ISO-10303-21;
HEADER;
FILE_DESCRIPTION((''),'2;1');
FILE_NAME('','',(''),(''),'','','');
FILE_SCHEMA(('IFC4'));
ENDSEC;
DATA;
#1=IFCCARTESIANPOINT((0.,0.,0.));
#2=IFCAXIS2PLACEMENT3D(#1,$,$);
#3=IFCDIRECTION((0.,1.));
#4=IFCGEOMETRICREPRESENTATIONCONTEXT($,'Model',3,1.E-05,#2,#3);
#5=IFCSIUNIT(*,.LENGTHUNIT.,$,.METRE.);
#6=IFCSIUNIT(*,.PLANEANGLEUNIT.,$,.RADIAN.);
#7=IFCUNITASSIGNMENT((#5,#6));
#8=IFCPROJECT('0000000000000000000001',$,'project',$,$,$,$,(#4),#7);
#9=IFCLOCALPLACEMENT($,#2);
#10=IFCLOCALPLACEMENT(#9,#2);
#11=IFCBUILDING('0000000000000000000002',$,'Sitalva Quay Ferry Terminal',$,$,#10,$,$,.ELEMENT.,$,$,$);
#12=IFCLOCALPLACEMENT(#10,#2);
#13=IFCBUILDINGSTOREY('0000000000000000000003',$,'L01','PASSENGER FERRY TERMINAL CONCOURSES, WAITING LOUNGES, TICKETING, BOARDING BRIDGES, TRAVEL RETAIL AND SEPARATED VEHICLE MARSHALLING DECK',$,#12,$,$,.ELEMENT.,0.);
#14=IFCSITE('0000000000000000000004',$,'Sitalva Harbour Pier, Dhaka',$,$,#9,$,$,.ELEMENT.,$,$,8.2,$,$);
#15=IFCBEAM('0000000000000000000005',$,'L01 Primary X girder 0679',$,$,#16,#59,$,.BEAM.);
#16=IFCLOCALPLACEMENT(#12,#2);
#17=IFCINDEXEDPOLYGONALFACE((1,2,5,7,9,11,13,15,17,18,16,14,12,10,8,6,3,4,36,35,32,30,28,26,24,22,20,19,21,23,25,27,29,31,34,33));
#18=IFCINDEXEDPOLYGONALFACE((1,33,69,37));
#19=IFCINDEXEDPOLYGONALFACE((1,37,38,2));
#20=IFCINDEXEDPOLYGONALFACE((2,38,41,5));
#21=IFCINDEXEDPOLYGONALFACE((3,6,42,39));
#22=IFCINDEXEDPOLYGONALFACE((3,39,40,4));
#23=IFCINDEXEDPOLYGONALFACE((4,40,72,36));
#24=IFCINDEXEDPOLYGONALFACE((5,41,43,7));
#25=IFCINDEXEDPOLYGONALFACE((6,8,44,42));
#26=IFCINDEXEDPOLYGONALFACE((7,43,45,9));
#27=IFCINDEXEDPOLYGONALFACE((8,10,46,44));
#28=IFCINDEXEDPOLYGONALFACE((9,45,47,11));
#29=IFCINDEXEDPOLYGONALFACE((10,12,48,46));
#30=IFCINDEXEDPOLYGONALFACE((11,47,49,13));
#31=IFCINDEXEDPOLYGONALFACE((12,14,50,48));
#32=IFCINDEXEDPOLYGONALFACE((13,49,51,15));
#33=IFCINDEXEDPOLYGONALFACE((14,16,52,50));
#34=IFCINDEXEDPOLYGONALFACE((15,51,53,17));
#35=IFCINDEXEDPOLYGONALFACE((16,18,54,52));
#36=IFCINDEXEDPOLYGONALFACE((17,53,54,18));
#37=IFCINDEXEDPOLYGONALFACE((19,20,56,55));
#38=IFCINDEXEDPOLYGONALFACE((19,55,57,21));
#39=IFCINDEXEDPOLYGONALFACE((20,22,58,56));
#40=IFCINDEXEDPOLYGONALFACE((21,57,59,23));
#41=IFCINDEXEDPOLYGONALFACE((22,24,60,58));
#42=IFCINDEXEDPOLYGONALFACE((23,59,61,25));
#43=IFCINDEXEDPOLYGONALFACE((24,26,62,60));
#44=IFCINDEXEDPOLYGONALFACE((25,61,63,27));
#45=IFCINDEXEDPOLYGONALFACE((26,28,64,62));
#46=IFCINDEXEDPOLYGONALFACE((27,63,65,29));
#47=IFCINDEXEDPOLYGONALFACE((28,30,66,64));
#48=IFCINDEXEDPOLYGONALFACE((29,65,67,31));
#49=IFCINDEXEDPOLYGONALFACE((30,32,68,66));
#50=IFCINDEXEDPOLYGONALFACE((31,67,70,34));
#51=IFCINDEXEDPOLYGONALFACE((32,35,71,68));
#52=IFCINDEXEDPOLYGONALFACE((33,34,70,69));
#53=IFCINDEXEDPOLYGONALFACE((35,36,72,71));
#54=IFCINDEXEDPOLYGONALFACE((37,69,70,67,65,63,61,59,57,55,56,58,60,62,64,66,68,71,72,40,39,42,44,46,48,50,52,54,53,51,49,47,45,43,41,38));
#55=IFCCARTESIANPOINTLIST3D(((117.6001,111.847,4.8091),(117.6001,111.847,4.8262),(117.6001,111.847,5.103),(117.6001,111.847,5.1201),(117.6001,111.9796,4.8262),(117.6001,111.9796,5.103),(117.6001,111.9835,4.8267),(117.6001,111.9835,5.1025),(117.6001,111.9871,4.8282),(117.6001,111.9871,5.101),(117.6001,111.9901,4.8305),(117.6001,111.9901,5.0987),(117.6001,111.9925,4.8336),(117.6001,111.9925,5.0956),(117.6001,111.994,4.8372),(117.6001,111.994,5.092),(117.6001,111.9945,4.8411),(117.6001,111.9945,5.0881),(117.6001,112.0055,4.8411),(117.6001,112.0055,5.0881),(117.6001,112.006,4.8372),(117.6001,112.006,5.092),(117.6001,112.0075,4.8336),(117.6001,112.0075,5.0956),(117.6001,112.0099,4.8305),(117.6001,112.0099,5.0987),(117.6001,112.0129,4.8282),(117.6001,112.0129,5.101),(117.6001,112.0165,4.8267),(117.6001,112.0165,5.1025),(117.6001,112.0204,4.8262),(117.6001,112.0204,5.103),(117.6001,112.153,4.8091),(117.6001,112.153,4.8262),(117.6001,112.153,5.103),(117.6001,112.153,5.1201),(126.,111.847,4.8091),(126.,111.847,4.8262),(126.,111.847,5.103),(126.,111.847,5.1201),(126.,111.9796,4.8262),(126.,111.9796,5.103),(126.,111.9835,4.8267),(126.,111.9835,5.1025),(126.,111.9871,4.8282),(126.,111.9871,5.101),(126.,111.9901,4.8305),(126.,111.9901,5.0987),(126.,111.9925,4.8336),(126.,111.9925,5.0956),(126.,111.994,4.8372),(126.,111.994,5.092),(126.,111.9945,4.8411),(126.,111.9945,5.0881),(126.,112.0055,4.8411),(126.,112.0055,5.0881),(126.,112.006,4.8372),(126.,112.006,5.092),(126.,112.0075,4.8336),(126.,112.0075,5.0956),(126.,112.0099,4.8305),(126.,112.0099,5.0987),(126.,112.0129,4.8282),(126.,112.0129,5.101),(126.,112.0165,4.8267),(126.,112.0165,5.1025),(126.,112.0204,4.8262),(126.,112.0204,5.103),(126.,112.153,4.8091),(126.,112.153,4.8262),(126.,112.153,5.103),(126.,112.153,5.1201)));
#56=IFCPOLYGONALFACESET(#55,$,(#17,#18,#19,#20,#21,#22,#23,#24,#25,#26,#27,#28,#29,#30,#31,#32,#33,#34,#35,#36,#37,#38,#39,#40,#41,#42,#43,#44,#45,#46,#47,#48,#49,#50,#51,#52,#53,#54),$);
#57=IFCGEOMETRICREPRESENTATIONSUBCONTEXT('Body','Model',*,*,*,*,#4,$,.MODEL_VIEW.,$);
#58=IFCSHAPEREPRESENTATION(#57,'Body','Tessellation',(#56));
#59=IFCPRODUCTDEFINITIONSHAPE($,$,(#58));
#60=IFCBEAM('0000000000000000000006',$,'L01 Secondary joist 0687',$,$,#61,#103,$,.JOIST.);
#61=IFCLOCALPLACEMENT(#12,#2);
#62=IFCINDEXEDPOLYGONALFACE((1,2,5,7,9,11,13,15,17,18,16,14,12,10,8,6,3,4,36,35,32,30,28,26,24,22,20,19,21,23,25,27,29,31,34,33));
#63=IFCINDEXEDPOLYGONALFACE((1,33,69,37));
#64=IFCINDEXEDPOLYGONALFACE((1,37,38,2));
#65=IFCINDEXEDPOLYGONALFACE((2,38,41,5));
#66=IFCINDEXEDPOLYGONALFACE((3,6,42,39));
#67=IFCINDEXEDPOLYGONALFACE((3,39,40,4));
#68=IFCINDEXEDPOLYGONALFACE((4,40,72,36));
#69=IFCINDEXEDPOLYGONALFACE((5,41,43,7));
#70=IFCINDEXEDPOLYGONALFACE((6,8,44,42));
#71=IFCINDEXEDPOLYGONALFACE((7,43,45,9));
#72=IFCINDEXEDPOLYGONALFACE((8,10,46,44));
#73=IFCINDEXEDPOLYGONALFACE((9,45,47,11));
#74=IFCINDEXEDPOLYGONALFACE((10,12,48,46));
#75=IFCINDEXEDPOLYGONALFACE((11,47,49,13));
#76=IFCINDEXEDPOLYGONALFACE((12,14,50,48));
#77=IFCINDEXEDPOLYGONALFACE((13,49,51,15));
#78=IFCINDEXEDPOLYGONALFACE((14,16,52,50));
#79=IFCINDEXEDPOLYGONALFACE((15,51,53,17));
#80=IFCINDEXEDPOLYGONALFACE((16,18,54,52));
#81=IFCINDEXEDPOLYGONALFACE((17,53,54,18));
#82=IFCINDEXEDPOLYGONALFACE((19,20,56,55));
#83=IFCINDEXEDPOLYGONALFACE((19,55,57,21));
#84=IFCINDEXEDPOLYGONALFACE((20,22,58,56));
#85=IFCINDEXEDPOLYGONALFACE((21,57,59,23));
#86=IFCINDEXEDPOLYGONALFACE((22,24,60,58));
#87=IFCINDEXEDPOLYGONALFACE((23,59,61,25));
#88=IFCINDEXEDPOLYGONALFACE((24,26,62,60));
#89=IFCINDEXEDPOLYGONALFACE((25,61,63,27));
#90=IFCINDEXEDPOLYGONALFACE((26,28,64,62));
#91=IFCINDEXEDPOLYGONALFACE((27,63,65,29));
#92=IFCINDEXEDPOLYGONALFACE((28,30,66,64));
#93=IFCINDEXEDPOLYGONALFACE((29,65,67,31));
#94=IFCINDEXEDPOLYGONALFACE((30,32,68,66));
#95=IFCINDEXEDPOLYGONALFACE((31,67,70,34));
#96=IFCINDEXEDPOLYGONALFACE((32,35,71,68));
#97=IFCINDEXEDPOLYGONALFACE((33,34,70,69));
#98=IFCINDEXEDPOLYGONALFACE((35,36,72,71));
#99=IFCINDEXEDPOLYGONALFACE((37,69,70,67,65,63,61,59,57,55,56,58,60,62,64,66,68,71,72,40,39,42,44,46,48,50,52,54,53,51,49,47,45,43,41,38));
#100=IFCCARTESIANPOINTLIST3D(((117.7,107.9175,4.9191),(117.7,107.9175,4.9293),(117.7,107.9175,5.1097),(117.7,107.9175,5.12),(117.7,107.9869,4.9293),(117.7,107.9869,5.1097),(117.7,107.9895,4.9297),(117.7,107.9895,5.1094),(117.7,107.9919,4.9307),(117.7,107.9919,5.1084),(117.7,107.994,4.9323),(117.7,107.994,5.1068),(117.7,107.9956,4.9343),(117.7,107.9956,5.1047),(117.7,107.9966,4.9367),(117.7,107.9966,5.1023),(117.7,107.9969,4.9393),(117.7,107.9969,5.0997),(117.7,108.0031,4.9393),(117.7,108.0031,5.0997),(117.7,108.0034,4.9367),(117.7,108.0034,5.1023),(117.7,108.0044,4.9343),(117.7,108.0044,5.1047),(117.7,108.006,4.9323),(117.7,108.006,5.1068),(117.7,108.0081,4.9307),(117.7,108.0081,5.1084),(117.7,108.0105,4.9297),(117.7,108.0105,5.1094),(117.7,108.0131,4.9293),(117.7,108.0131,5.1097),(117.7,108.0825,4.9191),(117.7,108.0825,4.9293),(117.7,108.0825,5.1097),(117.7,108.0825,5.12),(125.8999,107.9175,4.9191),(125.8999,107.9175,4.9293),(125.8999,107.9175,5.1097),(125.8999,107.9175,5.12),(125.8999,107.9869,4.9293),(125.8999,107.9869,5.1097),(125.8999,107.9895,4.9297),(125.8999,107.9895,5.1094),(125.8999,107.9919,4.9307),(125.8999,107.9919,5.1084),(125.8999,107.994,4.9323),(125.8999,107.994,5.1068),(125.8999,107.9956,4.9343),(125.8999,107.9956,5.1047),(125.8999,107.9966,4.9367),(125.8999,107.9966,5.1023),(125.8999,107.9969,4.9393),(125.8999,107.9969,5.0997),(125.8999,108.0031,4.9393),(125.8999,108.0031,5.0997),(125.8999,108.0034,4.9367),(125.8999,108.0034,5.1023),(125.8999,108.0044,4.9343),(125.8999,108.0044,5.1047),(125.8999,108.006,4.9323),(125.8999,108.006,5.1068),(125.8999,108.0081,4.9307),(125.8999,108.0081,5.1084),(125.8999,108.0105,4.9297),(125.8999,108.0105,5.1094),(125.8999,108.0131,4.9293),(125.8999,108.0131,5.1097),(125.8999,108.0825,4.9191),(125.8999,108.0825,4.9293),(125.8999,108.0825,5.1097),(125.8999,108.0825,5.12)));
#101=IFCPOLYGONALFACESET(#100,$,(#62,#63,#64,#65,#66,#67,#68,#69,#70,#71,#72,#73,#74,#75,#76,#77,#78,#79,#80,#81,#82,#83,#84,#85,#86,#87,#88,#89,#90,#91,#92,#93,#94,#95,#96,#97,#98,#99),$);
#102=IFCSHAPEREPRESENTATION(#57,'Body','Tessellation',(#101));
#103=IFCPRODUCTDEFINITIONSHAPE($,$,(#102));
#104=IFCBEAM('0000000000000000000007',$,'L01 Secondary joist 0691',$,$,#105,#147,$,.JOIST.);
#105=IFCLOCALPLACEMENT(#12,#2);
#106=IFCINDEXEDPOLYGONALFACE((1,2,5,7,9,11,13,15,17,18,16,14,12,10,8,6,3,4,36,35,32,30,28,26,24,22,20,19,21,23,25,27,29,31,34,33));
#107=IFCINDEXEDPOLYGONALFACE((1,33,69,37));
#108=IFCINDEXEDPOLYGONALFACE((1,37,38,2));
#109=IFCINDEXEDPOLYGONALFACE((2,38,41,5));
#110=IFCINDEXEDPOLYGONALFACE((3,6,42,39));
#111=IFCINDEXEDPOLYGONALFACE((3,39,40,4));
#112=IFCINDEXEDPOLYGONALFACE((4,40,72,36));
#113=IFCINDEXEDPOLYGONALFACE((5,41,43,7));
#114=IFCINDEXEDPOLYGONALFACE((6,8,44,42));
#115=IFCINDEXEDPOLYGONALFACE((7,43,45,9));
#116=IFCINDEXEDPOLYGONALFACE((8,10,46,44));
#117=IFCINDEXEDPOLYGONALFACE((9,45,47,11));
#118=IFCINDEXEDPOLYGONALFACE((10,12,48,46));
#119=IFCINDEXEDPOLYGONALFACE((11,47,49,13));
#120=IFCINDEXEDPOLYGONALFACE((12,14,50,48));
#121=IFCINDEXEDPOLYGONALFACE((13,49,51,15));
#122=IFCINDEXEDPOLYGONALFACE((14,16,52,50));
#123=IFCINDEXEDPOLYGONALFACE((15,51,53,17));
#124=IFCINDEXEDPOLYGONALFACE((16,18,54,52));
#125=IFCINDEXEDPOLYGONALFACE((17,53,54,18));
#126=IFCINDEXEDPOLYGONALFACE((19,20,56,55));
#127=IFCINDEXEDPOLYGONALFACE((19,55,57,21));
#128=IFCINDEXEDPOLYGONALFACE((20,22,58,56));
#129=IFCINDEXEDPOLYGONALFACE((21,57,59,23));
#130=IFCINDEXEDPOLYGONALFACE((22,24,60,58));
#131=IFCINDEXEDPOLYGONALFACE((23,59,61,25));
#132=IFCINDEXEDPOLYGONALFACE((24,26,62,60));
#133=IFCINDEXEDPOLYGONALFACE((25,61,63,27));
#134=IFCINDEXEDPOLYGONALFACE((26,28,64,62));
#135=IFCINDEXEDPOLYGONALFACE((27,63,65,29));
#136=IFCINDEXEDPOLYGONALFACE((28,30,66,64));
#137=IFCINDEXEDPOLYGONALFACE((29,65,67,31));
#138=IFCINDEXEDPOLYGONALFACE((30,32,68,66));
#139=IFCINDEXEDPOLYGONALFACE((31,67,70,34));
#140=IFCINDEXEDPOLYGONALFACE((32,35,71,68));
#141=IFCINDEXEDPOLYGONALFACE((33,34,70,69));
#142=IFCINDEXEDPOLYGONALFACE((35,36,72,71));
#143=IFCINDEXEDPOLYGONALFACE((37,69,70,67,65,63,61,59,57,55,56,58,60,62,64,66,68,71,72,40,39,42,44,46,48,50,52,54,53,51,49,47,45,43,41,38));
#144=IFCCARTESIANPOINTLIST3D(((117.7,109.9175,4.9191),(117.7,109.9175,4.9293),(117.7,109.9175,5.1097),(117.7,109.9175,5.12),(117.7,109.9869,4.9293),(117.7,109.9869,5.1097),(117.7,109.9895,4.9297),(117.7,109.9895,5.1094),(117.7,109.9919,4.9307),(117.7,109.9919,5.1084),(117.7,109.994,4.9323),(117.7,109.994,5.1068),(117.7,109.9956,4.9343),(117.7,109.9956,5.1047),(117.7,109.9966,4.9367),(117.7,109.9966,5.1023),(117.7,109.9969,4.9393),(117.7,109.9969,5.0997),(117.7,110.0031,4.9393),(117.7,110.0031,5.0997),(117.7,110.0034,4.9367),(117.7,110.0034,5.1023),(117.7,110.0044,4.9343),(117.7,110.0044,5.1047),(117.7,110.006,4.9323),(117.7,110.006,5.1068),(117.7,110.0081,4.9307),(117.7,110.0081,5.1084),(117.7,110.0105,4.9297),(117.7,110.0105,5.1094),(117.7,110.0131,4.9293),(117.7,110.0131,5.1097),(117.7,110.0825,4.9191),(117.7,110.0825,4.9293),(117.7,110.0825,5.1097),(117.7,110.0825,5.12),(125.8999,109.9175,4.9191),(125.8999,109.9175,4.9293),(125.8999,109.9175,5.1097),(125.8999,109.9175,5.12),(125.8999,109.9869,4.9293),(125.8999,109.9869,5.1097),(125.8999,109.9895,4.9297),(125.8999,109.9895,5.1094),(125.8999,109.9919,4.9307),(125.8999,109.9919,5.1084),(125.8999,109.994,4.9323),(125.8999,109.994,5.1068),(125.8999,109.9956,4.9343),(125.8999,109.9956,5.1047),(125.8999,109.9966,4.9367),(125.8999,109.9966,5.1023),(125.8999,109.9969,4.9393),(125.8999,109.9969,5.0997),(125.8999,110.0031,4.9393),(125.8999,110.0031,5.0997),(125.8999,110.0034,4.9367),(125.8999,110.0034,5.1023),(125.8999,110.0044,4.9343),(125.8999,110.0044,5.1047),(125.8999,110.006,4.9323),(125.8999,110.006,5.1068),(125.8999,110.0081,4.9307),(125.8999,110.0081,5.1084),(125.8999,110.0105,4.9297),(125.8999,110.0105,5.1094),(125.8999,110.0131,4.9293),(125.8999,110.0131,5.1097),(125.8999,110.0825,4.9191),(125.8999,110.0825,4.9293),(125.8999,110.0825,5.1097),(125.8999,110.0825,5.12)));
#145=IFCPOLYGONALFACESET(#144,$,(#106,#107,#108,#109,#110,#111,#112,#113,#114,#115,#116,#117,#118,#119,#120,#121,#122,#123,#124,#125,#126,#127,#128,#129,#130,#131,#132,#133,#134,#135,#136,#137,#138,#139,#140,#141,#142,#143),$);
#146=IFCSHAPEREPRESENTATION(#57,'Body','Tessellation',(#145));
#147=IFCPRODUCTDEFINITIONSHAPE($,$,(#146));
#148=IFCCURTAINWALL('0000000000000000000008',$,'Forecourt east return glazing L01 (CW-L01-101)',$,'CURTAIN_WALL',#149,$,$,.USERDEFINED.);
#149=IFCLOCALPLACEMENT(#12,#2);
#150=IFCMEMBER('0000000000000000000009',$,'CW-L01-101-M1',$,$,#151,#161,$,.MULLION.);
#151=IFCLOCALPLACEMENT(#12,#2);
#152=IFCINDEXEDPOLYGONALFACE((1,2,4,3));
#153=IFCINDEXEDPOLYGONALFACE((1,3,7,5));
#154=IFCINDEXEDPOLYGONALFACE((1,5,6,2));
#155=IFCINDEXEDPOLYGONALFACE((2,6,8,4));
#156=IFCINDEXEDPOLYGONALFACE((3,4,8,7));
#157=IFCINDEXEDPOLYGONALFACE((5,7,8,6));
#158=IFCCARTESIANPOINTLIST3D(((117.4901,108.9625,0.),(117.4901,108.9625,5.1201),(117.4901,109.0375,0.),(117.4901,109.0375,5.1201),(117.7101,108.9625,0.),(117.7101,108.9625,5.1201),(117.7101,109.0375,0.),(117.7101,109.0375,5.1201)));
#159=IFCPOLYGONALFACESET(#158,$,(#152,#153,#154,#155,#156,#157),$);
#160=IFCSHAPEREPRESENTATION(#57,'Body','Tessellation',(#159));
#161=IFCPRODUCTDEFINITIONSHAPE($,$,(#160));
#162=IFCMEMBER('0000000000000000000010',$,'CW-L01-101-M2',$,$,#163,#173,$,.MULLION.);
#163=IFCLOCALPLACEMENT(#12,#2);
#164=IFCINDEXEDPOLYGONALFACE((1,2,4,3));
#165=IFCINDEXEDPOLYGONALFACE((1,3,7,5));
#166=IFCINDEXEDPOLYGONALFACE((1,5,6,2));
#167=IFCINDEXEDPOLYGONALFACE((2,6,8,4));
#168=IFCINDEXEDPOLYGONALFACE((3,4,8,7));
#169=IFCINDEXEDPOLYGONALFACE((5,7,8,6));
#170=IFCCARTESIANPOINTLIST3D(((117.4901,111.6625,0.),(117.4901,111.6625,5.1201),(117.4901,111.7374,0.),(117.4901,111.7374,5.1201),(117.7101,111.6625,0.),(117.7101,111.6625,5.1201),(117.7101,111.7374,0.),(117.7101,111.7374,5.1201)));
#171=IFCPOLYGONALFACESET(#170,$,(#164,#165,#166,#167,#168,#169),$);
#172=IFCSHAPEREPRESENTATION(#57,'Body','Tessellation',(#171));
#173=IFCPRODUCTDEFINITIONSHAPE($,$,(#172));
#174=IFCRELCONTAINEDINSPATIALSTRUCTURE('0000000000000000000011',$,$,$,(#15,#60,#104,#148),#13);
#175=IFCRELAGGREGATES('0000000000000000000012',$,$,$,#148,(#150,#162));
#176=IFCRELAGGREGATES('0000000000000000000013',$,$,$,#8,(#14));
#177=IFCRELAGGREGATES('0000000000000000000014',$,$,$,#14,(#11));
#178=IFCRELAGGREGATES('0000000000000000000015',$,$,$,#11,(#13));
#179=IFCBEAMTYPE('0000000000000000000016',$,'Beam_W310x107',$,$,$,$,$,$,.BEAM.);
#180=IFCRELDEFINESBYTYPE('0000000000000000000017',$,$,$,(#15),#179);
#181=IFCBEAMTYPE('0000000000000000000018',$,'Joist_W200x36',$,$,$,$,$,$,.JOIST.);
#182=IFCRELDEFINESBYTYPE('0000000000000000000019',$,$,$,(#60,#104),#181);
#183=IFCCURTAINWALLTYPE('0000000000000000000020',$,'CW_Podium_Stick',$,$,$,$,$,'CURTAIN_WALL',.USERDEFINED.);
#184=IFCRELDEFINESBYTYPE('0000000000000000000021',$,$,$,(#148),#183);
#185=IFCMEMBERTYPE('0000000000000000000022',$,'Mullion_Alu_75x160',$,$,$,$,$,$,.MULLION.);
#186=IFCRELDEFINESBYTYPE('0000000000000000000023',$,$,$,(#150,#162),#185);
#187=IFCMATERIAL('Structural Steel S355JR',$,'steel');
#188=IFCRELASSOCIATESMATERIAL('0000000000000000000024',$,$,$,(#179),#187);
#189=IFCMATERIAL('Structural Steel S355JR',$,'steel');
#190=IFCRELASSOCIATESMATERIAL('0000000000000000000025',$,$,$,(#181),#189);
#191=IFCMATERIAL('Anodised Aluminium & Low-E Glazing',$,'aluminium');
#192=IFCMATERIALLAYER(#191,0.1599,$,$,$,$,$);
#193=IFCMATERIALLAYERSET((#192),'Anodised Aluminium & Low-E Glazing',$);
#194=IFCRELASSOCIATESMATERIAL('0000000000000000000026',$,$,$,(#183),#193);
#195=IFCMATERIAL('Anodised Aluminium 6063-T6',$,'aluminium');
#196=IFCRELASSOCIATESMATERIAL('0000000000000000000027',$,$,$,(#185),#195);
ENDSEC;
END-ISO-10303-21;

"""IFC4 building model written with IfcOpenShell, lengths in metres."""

from ifc_helpers import new_model, si_unit, direction, frame, origin, origin_2d, place, context, subcontext, project, spatial, rectangle, i_section, extrude, material, layer, layer_set, material_profile, profile_set, type_object, element, aggregate, save


model = new_model("IFC4")

# Units and contexts
model_context = context("Model", 3, precision=1e-05, world=origin(), true_north=direction((0.0, 1.0)))
body_context = subcontext(model_context, "Body", "Model", "MODEL_VIEW")
ifc_project = project(units=[si_unit("LENGTHUNIT", "METRE"), si_unit("PLANEANGLEUNIT", "RADIAN")], contexts=[model_context])

# Site, building, storey
site_placement = place(None, origin())
site = spatial("IfcSite", under=ifc_project, at=site_placement, Name="Sitalva Harbour Pier, Dhaka", CompositionType="ELEMENT", RefElevation=8.2)
building_placement = place(site_placement, origin())
building = spatial("IfcBuilding", under=site, at=building_placement, Name="Sitalva Quay Ferry Terminal", CompositionType="ELEMENT")
storey_placement = place(building_placement, origin())
storey = spatial("IfcBuildingStorey", under=building, at=storey_placement, Name="L01", Description="PASSENGER FERRY TERMINAL CONCOURSES, WAITING LOUNGES, TICKETING, BOARDING BRIDGES, TRAVEL RETAIL AND SEPARATED VEHICLE MARSHALLING DECK", CompositionType="ELEMENT", Elevation=0.0)

# Beams
ifc_material_1 = material(Name="Structural Steel S355JR", Category="steel")
ifc_material_profile_1 = material_profile(ifc_material_1, i_section(OverallWidth=0.3059, OverallDepth=0.311, WebThickness=0.011, FlangeThickness=0.0171, FilletRadius=0.0149, at=origin_2d()), Name="W310x107")
ifc_profile_set_1 = profile_set([ifc_material_profile_1], Name="Structural Steel S355JR")
beam_type_1 = type_object("IfcBeamType", Name="Beam_W310x107", PredefinedType="BEAM", material=ifc_profile_set_1)
beam_placement = place(storey_placement, frame((117.6001, 112.0, 4.9646), z_axis=(1.0, 0.0, 0.0), x_axis=(0.0, 1.0, 0.0)))
element("IfcBeam", 1, at=beam_placement, inside=storey, type_object=beam_type_1, Name="L01 Primary X girder 0679", PredefinedType="BEAM", context=body_context, shape_type="SweptSolid", body=[
    extrude(i_section(OverallWidth=0.3059, OverallDepth=0.311, WebThickness=0.011, FlangeThickness=0.0171, FilletRadius=0.0149, at=origin_2d()), origin(), (0.0, 0.0, 1.0), 8.3999),
])
ifc_material_2 = material(Name="Structural Steel S355JR", Category="steel")
ifc_material_profile_2 = material_profile(ifc_material_2, i_section(OverallWidth=0.165, OverallDepth=0.2009, WebThickness=0.0061, FlangeThickness=0.0103, FilletRadius=0.01, at=origin_2d()), Name="W200x36")
ifc_profile_set_2 = profile_set([ifc_material_profile_2], Name="Structural Steel S355JR")
beam_type_2 = type_object("IfcBeamType", Name="Joist_W200x36", PredefinedType="JOIST", material=ifc_profile_set_2)
for number, where, z_axis, x_axis, name in (
    (2, (117.7, 108.0, 5.0195), (1.0, 0.0, 0.0), (0.0, 1.0, 0.0), "L01 Secondary joist 0687"),
    (3, (117.7, 110.0, 5.0195), (1.0, 0.0, 0.0), (0.0, 1.0, 0.0), "L01 Secondary joist 0691"),
):
    element("IfcBeam", number, at=place(storey_placement, frame(where, z_axis=z_axis, x_axis=x_axis)), inside=storey, type_object=beam_type_2, Name=name, PredefinedType="JOIST", context=body_context, shape_type="SweptSolid", body=[
        extrude(i_section(OverallWidth=0.165, OverallDepth=0.2009, WebThickness=0.0061, FlangeThickness=0.0103, FilletRadius=0.01, at=origin_2d()), origin(), (0.0, 0.0, 1.0), 8.2),
    ])

# Curtain wall, members
ifc_material_3 = material(Name="Anodised Aluminium & Low-E Glazing", Category="aluminium")
ifc_layer_1 = layer(ifc_material_3, 0.1599)
ifc_layer_set_1 = layer_set([ifc_layer_1], Name="Anodised Aluminium & Low-E Glazing")
curtain_wall_type = type_object("IfcCurtainWallType", Name="CW_Podium_Stick", ElementType="CURTAIN_WALL", PredefinedType="USERDEFINED", material=ifc_layer_set_1)
curtain_wall_placement = place(storey_placement, origin())
curtain_wall = element("IfcCurtainWall", 4, at=curtain_wall_placement, inside=storey, type_object=curtain_wall_type, Name="Forecourt east return glazing L01 (CW-L01-101)", ObjectType="CURTAIN_WALL", PredefinedType="USERDEFINED")
ifc_material_4 = material(Name="Anodised Aluminium 6063-T6", Category="aluminium")
ifc_material_profile_3 = material_profile(ifc_material_4, rectangle(XDim=0.075, YDim=0.22, at=origin_2d()), Name="ALU75x220")
ifc_profile_set_3 = profile_set([ifc_material_profile_3], Name="Anodised Aluminium 6063-T6")
member_type_1 = type_object("IfcMemberType", Name="Mullion_Alu_75x160", PredefinedType="MULLION", material=ifc_profile_set_3)
member_1_placement = place(storey_placement, frame((117.6001, 109.0, 0.0), z_axis=(0.0, 0.0, 1.0), x_axis=(0.0, 1.0, 0.0)))
member_1 = element("IfcMember", 5, at=member_1_placement, type_object=member_type_1, Name="CW-L01-101-M1", PredefinedType="MULLION", context=body_context, shape_type="SweptSolid", body=[
    extrude(rectangle(XDim=0.075, YDim=0.22, at=origin_2d()), origin(), (0.0, 0.0, 1.0), 5.1201),
])
member_2_placement = place(storey_placement, frame((117.6001, 111.7, 0.0), z_axis=(0.0, 0.0, 1.0), x_axis=(0.0, 1.0, 0.0)))
member_2 = element("IfcMember", 6, at=member_2_placement, type_object=member_type_1, Name="CW-L01-101-M2", PredefinedType="MULLION", context=body_context, shape_type="SweptSolid", body=[
    extrude(rectangle(XDim=0.075, YDim=0.22, at=origin_2d()), origin(), (0.0, 0.0, 1.0), 5.1201),
])

aggregate(curtain_wall, [member_1, member_2])

save(model, "model.ifc")
